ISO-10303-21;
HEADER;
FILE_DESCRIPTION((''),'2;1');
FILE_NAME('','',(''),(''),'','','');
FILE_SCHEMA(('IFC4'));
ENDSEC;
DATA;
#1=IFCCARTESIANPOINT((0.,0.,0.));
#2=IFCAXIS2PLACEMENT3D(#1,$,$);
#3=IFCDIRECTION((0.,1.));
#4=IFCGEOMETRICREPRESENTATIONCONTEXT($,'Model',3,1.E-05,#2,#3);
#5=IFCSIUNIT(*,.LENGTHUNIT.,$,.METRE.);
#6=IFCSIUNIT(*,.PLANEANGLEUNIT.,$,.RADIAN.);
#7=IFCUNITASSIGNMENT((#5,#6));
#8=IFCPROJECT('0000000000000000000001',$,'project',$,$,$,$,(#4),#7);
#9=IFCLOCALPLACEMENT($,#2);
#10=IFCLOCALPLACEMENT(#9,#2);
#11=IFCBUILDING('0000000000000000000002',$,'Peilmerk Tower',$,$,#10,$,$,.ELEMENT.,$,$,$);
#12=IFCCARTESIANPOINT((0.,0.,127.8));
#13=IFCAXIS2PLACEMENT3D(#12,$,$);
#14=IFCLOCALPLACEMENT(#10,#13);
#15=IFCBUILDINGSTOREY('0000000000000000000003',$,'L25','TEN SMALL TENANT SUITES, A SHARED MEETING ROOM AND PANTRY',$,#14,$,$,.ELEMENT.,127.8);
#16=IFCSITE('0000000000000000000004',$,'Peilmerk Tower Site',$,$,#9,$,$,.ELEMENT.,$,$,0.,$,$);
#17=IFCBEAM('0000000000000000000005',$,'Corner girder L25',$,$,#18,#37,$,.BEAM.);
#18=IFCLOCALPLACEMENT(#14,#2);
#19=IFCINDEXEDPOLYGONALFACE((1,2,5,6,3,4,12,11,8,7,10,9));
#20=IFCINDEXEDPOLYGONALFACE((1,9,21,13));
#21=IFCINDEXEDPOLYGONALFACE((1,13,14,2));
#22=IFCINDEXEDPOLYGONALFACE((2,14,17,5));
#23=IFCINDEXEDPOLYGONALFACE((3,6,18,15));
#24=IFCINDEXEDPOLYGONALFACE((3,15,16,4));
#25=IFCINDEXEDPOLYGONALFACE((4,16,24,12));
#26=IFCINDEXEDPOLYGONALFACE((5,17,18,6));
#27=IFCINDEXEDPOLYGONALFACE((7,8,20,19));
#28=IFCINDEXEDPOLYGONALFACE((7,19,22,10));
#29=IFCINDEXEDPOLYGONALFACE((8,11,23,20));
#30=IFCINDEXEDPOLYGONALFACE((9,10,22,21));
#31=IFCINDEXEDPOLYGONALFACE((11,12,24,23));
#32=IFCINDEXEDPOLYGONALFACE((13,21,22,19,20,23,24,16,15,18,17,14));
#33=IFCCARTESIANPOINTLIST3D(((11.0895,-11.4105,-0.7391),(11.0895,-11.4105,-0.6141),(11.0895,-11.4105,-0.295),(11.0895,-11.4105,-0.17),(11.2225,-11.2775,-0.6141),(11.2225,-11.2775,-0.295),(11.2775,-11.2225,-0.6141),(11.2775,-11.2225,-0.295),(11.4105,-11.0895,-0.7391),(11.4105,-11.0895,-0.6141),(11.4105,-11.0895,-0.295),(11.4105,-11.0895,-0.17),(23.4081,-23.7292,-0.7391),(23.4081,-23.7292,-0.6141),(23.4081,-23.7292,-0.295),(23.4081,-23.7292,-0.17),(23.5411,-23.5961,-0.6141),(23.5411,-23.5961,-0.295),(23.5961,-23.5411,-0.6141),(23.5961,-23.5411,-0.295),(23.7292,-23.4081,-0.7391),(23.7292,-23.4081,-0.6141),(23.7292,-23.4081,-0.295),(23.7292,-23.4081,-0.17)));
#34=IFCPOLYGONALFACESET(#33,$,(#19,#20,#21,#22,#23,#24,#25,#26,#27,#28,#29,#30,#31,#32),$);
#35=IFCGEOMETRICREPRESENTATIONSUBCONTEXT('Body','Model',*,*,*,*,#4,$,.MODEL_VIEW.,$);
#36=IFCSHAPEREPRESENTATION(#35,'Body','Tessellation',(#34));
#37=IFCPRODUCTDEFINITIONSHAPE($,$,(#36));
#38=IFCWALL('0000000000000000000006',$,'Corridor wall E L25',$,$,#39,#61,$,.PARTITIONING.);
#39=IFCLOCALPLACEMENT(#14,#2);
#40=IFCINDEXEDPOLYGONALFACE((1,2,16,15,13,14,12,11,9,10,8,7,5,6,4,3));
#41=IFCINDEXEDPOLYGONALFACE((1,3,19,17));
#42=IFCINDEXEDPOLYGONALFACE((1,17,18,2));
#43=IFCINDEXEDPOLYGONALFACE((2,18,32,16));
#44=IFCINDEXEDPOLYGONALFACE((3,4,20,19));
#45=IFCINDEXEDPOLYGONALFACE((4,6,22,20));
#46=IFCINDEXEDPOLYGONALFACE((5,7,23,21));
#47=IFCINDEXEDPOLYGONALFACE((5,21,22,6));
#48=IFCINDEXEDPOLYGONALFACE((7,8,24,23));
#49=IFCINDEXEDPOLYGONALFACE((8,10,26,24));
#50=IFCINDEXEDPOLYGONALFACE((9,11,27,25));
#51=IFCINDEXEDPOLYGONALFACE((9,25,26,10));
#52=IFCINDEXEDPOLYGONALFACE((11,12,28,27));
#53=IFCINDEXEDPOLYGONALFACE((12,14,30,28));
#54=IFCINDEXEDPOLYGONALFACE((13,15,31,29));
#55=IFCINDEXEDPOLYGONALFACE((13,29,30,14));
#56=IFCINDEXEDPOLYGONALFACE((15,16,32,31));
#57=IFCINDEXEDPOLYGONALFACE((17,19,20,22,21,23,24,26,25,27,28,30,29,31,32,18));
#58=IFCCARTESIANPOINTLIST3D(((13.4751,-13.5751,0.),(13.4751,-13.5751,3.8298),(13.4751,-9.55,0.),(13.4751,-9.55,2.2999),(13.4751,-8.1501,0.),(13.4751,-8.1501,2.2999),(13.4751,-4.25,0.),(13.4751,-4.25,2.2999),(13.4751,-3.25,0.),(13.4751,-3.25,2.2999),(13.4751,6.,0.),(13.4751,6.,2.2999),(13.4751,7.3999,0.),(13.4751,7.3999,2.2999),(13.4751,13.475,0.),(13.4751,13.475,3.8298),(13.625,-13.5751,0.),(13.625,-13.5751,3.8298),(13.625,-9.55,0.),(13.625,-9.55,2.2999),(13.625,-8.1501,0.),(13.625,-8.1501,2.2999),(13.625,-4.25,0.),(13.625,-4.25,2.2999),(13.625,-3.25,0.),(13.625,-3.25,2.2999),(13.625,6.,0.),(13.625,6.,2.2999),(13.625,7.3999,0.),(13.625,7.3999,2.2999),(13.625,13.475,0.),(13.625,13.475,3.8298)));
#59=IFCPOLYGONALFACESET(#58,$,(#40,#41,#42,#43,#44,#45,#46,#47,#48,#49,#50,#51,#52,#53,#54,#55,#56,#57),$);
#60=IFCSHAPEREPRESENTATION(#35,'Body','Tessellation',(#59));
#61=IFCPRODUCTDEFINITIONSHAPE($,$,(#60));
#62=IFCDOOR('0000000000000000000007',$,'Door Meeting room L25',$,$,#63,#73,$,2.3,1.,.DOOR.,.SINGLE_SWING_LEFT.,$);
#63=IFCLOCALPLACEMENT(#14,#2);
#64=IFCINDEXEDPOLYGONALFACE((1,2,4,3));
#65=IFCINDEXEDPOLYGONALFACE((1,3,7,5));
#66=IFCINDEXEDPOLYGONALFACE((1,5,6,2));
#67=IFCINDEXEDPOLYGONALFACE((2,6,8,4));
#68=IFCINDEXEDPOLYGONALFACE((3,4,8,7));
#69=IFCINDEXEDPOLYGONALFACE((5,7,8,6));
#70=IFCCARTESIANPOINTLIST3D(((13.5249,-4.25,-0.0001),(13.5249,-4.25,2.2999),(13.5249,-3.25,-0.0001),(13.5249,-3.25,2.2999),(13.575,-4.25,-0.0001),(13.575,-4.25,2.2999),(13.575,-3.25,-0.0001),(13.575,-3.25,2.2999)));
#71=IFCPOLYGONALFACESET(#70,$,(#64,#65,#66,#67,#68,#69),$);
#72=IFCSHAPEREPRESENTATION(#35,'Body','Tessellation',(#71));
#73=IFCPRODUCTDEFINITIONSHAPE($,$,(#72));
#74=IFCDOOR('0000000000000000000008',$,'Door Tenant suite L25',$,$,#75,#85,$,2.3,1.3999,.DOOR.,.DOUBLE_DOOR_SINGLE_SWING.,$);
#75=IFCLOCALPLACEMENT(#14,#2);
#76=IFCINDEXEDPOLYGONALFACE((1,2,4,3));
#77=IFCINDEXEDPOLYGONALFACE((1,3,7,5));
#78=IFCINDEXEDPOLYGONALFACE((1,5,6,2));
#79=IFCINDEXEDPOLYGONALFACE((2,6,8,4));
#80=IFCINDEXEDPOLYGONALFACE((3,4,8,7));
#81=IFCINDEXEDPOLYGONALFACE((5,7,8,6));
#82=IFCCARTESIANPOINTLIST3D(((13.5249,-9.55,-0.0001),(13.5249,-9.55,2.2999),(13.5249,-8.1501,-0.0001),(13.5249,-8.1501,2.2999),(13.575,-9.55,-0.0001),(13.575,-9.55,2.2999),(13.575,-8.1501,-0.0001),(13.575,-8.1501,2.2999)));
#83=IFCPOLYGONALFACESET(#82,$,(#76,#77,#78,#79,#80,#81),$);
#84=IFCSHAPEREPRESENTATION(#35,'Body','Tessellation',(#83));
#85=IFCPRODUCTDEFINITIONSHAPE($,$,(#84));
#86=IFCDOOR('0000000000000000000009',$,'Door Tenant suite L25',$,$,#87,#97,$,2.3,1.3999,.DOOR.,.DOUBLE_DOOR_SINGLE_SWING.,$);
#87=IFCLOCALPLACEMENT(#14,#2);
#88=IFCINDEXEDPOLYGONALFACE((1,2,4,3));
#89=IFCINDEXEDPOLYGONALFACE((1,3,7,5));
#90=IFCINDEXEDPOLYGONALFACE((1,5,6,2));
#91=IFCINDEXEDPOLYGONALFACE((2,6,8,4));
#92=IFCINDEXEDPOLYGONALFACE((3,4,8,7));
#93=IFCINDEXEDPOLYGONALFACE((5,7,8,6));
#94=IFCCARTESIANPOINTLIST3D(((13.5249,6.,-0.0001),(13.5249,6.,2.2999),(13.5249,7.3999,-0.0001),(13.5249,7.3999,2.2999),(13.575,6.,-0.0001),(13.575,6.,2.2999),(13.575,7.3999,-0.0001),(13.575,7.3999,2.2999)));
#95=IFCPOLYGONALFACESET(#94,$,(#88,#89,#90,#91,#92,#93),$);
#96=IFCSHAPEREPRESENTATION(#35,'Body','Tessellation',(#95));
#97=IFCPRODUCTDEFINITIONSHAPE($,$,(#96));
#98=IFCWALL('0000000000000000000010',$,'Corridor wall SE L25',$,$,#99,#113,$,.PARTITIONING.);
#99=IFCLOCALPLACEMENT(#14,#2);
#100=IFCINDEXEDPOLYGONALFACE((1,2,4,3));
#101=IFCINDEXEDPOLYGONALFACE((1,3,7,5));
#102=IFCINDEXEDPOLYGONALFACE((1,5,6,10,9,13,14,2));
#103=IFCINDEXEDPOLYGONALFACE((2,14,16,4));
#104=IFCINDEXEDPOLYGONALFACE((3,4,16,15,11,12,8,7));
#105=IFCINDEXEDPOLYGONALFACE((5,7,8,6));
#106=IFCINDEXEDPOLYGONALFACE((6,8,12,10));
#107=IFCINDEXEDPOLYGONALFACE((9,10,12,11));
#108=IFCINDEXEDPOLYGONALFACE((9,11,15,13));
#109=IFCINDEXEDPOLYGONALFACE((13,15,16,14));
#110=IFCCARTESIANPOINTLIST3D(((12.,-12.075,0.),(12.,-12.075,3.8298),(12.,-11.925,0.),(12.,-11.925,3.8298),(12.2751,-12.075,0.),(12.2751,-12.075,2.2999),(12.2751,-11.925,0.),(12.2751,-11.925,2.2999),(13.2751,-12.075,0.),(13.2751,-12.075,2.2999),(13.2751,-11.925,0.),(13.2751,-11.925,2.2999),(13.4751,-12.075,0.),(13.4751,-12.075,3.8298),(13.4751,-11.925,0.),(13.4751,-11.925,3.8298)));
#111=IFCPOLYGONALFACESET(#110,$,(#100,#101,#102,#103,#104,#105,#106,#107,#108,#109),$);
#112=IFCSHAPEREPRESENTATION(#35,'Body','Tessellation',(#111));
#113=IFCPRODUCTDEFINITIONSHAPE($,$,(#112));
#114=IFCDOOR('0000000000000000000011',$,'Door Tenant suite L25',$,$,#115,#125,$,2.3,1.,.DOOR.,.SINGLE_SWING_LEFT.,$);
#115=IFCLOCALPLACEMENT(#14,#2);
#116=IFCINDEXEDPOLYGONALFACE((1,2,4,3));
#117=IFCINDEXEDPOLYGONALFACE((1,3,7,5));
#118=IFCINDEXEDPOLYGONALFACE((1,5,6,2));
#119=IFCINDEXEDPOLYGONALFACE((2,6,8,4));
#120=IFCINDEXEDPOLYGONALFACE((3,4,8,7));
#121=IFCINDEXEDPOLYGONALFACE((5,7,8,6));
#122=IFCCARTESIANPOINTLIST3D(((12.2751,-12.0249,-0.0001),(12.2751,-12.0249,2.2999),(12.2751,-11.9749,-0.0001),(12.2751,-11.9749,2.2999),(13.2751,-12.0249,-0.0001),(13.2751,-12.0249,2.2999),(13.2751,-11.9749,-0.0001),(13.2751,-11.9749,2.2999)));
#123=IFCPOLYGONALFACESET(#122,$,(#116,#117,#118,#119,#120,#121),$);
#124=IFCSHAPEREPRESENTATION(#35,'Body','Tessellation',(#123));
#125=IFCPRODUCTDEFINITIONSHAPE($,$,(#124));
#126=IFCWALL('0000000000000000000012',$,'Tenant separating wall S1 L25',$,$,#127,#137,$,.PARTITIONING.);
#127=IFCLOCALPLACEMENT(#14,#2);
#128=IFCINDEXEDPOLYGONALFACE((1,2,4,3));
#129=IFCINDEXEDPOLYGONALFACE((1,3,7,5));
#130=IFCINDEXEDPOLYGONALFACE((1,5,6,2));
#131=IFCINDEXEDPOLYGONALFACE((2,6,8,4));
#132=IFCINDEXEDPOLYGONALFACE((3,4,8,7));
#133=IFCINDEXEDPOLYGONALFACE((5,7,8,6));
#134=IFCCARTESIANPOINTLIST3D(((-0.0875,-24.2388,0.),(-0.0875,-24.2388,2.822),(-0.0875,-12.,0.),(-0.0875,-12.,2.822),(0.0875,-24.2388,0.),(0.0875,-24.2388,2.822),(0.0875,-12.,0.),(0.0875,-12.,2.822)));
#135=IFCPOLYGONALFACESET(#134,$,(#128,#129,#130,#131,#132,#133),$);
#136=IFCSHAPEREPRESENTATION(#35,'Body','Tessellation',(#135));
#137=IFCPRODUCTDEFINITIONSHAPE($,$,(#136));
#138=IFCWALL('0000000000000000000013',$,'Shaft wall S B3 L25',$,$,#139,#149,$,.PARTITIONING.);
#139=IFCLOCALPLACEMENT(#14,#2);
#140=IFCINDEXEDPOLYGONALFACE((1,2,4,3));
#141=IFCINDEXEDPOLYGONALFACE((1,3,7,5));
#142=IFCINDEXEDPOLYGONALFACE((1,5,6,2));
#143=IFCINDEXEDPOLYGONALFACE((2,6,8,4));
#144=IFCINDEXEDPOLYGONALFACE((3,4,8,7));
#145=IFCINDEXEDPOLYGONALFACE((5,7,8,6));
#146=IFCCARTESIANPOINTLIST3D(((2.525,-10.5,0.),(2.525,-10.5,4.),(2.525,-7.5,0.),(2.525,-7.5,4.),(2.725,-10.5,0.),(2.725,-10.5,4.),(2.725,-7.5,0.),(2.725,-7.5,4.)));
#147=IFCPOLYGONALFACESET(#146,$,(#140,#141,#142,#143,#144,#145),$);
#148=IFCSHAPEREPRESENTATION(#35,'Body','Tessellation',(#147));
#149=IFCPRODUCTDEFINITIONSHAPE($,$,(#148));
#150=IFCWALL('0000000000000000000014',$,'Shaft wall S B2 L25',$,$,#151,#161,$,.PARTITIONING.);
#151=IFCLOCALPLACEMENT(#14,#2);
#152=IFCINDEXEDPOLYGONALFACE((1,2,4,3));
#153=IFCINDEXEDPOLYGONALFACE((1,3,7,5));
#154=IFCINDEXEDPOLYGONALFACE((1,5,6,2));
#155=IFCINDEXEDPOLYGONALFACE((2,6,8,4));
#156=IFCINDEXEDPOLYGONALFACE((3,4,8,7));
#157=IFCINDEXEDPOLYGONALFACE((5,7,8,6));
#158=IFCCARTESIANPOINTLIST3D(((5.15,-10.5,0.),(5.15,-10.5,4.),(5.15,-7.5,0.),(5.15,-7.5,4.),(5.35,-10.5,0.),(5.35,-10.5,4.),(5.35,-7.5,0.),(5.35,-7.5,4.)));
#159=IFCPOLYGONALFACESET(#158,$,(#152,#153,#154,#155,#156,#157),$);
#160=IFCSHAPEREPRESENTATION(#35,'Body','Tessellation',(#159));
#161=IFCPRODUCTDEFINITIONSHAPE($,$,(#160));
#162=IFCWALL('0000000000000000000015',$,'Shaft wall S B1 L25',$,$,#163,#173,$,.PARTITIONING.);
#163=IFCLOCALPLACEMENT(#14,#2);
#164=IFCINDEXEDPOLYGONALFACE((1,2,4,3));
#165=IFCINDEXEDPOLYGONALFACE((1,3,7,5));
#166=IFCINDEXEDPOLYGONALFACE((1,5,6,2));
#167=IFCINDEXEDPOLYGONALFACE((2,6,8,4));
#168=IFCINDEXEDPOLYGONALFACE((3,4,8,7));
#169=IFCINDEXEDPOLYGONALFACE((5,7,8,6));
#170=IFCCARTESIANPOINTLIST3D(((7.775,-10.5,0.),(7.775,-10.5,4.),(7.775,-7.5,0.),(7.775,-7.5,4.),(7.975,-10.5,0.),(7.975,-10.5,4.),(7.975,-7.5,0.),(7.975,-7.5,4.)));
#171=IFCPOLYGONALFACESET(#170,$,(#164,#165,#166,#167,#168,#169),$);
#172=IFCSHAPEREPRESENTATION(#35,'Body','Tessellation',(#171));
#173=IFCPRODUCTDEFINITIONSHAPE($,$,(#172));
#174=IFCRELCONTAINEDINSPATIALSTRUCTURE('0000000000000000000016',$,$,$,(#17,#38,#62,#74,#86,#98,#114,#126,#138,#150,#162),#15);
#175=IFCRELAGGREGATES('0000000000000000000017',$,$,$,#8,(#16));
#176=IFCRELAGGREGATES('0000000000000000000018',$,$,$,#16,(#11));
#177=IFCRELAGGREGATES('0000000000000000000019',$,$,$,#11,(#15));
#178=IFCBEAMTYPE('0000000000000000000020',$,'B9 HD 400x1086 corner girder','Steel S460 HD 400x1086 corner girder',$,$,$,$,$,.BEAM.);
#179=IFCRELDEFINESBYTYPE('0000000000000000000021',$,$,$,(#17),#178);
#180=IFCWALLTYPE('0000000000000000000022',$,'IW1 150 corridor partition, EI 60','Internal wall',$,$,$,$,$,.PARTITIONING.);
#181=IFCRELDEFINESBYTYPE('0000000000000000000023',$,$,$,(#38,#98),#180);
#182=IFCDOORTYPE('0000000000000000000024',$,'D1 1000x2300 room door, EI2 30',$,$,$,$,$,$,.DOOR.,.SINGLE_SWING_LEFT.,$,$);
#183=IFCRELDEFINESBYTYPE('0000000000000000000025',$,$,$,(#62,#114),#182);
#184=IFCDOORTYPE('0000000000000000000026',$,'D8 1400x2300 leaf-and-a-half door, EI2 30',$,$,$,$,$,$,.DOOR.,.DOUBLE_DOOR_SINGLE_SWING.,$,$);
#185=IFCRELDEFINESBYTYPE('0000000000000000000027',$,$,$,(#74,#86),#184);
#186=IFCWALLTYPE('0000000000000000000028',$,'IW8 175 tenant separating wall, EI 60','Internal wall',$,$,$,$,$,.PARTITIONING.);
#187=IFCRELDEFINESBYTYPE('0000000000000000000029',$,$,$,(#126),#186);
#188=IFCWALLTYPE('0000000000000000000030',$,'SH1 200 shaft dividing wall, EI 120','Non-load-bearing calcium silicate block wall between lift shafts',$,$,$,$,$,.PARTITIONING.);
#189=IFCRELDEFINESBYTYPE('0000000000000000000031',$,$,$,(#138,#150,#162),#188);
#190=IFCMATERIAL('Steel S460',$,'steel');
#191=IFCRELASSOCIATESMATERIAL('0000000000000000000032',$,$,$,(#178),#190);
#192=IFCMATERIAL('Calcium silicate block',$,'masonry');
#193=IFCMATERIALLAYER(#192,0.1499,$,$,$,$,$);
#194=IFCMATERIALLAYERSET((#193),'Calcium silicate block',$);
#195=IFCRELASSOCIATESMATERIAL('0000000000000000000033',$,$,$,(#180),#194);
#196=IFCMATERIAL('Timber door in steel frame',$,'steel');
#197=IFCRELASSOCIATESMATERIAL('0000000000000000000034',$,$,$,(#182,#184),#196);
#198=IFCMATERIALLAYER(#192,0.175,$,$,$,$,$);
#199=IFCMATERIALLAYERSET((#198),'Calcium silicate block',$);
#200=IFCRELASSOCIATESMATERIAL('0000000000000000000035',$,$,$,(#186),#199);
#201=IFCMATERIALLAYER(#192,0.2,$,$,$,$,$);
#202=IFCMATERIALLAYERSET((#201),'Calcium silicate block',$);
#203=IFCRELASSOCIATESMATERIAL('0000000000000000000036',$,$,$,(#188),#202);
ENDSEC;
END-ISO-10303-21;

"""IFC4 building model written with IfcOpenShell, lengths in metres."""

from ifc_helpers import new_model, si_unit, direction, frame, frame_2d, origin, origin_2d, place, context, subcontext, project, spatial, rectangle, i_section, extrude, material, layer, layer_set, material_profile, profile_set, type_object, element, fill, save


model = new_model("IFC4")

# Units and contexts
model_context = context("Model", 3, precision=1e-05, world=origin(), true_north=direction((0.0, 1.0)))
body_context = subcontext(model_context, "Body", "Model", "MODEL_VIEW")
ifc_project = project(units=[si_unit("LENGTHUNIT", "METRE"), si_unit("PLANEANGLEUNIT", "RADIAN")], contexts=[model_context])

# Site, building, storey
site_placement = place(None, origin())
site = spatial("IfcSite", under=ifc_project, at=site_placement, Name="Peilmerk Tower Site", CompositionType="ELEMENT", RefElevation=0.0)
building_placement = place(site_placement, origin())
building = spatial("IfcBuilding", under=site, at=building_placement, Name="Peilmerk Tower", CompositionType="ELEMENT")
storey_placement = place(building_placement, frame((0.0, 0.0, 127.8)))
storey = spatial("IfcBuildingStorey", under=building, at=storey_placement, Name="L25", Description="TEN SMALL TENANT SUITES, A SHARED MEETING ROOM AND PANTRY", CompositionType="ELEMENT", Elevation=127.8)

# Beam
ifc_material_1 = material(Name="Steel S460", Category="steel")
ifc_material_profile_1 = material_profile(ifc_material_1, i_section(OverallWidth=0.4541, OverallDepth=0.5691, WebThickness=0.0779, FlangeThickness=0.125, at=origin_2d()), Name="HD 400x1086")
ifc_profile_set_1 = profile_set([ifc_material_profile_1], Name="Steel S460")
beam_type_1 = type_object("IfcBeamType", Name="B9 HD 400x1086 corner girder", Description="Steel S460 HD 400x1086 corner girder", PredefinedType="BEAM", material=ifc_profile_set_1)
beam_1_placement = place(storey_placement, frame((11.25, -11.25, -0.4546), z_axis=(0.707107, -0.707107, 0.0), x_axis=(0.707107, 0.707107, 0.0)))
element("IfcBeam", 1, at=beam_1_placement, inside=storey, type_object=beam_type_1, Name="Corner girder L25", PredefinedType="BEAM", context=body_context, shape_type="SweptSolid", body=[
    extrude(i_section(OverallWidth=0.4541, OverallDepth=0.5691, WebThickness=0.0779, FlangeThickness=0.125, at=origin_2d()), origin(), (0.0, 0.0, 1.0), 17.4211),
])

# Wall, openings, doors
ifc_material_2 = material(Name="Calcium silicate block", Category="masonry")
ifc_layer_1 = layer(ifc_material_2, 0.1499)
ifc_layer_set_1 = layer_set([ifc_layer_1], Name="Calcium silicate block")
wall_type_1 = type_object("IfcWallType", Name="IW1 150 corridor partition, EI 60", Description="Internal wall", PredefinedType="PARTITIONING", material=ifc_layer_set_1)
wall_1_placement = place(storey_placement, frame((13.55, -13.575, 0.0), z_axis=(0.0, 0.0, 1.0), x_axis=(0.0, 1.0, 0.0)))
wall_1 = element("IfcWall", 2, at=wall_1_placement, inside=storey, type_object=wall_type_1, Name="Corridor wall E L25", PredefinedType="PARTITIONING", context=body_context, shape_type="SweptSolid", body=[
    extrude(rectangle(XDim=27.05, YDim=0.1499, at=frame_2d((13.5249, 0.0))), origin(), (0.0, 0.0, 1.0), 3.8298),
])
opening_1_placement = place(wall_1_placement, frame((4.0249, 0.0, 0.0)))
opening_1 = element("IfcOpeningElement", 3, at=opening_1_placement, cuts=wall_1, PredefinedType="OPENING", context=body_context, shape_type="SweptSolid", body=[
    extrude(rectangle(XDim=1.3999, YDim=2.3, at=frame_2d((0.7, 1.1499))), frame((0.0, 0.085, 0.0), z_axis=(0.0, -1.0, 0.0), x_axis=(1.0, 0.0, 0.0)), (0.0, 0.0, 1.0), 0.1699),
])
opening_2_placement = place(wall_1_placement, frame((19.575, 0.0, 0.0)))
opening_2 = element("IfcOpeningElement", 4, at=opening_2_placement, cuts=wall_1, PredefinedType="OPENING", context=body_context, shape_type="SweptSolid", body=[
    extrude(rectangle(XDim=1.3999, YDim=2.3, at=frame_2d((0.7, 1.1499))), frame((0.0, 0.085, 0.0), z_axis=(0.0, -1.0, 0.0), x_axis=(1.0, 0.0, 0.0)), (0.0, 0.0, 1.0), 0.1699),
])
opening_3_placement = place(wall_1_placement, frame((9.325, 0.0, 0.0)))
opening_3 = element("IfcOpeningElement", 5, at=opening_3_placement, cuts=wall_1, PredefinedType="OPENING", context=body_context, shape_type="SweptSolid", body=[
    extrude(rectangle(XDim=1.0, YDim=2.3, at=frame_2d((0.5, 1.1499))), frame((0.0, 0.085, 0.0), z_axis=(0.0, -1.0, 0.0), x_axis=(1.0, 0.0, 0.0)), (0.0, 0.0, 1.0), 0.1699),
])
ifc_material_3 = material(Name="Timber door in steel frame", Category="steel")
door_type_1 = type_object("IfcDoorType", Name="D1 1000x2300 room door, EI2 30", OperationType="SINGLE_SWING_LEFT", PredefinedType="DOOR", material=ifc_material_3)
door_1_placement = place(opening_3_placement, frame((1.0, 0.0, 0.0), z_axis=(0.0, 0.0, 1.0), x_axis=(-1.0, 0.0, 0.0)))
door_1 = element("IfcDoor", 6, at=door_1_placement, inside=storey, type_object=door_type_1, Name="Door Meeting room L25", OperationType="SINGLE_SWING_LEFT", OverallHeight=2.3, OverallWidth=1.0, PredefinedType="DOOR", context=body_context, shape_type="SweptSolid", body=[
    extrude(rectangle(XDim=1.0, YDim=2.3, at=frame_2d((0.5, 1.1499))), frame((0.0, 0.0249, 0.0), z_axis=(0.0, -1.0, 0.0), x_axis=(1.0, 0.0, 0.0)), (0.0, 0.0, 1.0), 0.05),
])
fill(opening_3, door_1)
door_type_2 = type_object("IfcDoorType", Name="D8 1400x2300 leaf-and-a-half door, EI2 30", OperationType="DOUBLE_DOOR_SINGLE_SWING", PredefinedType="DOOR", material=ifc_material_3)
door_2_placement = place(opening_1_placement, frame((1.3999, 0.0, 0.0), z_axis=(0.0, 0.0, 1.0), x_axis=(-1.0, 0.0, 0.0)))
door_2 = element("IfcDoor", 7, at=door_2_placement, inside=storey, type_object=door_type_2, Name="Door Tenant suite L25", OperationType="DOUBLE_DOOR_SINGLE_SWING", OverallHeight=2.3, OverallWidth=1.3999, PredefinedType="DOOR", context=body_context, shape_type="SweptSolid", body=[
    extrude(rectangle(XDim=1.3999, YDim=2.3, at=frame_2d((0.7, 1.1499))), frame((0.0, 0.0249, 0.0), z_axis=(0.0, -1.0, 0.0), x_axis=(1.0, 0.0, 0.0)), (0.0, 0.0, 1.0), 0.05),
])
fill(opening_1, door_2)
door_3_placement = place(opening_2_placement, frame((1.3999, 0.0, 0.0), z_axis=(0.0, 0.0, 1.0), x_axis=(-1.0, 0.0, 0.0)))
door_3 = element("IfcDoor", 8, at=door_3_placement, inside=storey, type_object=door_type_2, Name="Door Tenant suite L25", OperationType="DOUBLE_DOOR_SINGLE_SWING", OverallHeight=2.3, OverallWidth=1.3999, PredefinedType="DOOR", context=body_context, shape_type="SweptSolid", body=[
    extrude(rectangle(XDim=1.3999, YDim=2.3, at=frame_2d((0.7, 1.1499))), frame((0.0, 0.0249, 0.0), z_axis=(0.0, -1.0, 0.0), x_axis=(1.0, 0.0, 0.0)), (0.0, 0.0, 1.0), 0.05),
])
fill(opening_2, door_3)

# Wall, opening, door
wall_2_placement = place(storey_placement, frame((13.4751, -12.0, 0.0), z_axis=(0.0, 0.0, 1.0), x_axis=(-1.0, 0.0, 0.0)))
wall_2 = element("IfcWall", 9, at=wall_2_placement, inside=storey, type_object=wall_type_1, Name="Corridor wall SE L25", PredefinedType="PARTITIONING", context=body_context, shape_type="SweptSolid", body=[
    extrude(rectangle(XDim=1.4751, YDim=0.1499, at=frame_2d((0.7375, 0.0))), origin(), (0.0, 0.0, 1.0), 3.8298),
])
opening_4_placement = place(wall_2_placement, frame((0.2, 0.0, 0.0)))
opening_4 = element("IfcOpeningElement", 10, at=opening_4_placement, cuts=wall_2, PredefinedType="OPENING", context=body_context, shape_type="SweptSolid", body=[
    extrude(rectangle(XDim=1.0, YDim=2.3, at=frame_2d((0.5, 1.1499))), frame((0.0, 0.085, 0.0), z_axis=(0.0, -1.0, 0.0), x_axis=(1.0, 0.0, 0.0)), (0.0, 0.0, 1.0), 0.1699),
])
door_4_placement = place(opening_4_placement, origin())
door_4 = element("IfcDoor", 11, at=door_4_placement, inside=storey, type_object=door_type_1, Name="Door Tenant suite L25", OperationType="SINGLE_SWING_LEFT", OverallHeight=2.3, OverallWidth=1.0, PredefinedType="DOOR", context=body_context, shape_type="SweptSolid", body=[
    extrude(rectangle(XDim=1.0, YDim=2.3, at=frame_2d((0.5, 1.1499))), frame((0.0, 0.0249, 0.0), z_axis=(0.0, -1.0, 0.0), x_axis=(1.0, 0.0, 0.0)), (0.0, 0.0, 1.0), 0.05),
])
fill(opening_4, door_4)

# Walls
ifc_layer_2 = layer(ifc_material_2, 0.175)
ifc_layer_set_2 = layer_set([ifc_layer_2], Name="Calcium silicate block")
wall_type_2 = type_object("IfcWallType", Name="IW8 175 tenant separating wall, EI 60", Description="Internal wall", PredefinedType="PARTITIONING", material=ifc_layer_set_2)
wall_3_placement = place(storey_placement, frame((0.0, -12.0, 0.0), z_axis=(0.0, 0.0, 1.0), x_axis=(0.0, -1.0, 0.0)))
element("IfcWall", 12, at=wall_3_placement, inside=storey, type_object=wall_type_2, Name="Tenant separating wall S1 L25", PredefinedType="PARTITIONING", context=body_context, shape_type="SweptSolid", body=[
    extrude(rectangle(XDim=12.2388, YDim=0.175, at=frame_2d((6.1194, 0.0))), origin(), (0.0, 0.0, 1.0), 2.822),
])
ifc_layer_3 = layer(ifc_material_2, 0.2)
ifc_layer_set_3 = layer_set([ifc_layer_3], Name="Calcium silicate block")
wall_type_3 = type_object("IfcWallType", Name="SH1 200 shaft dividing wall, EI 120", Description="Non-load-bearing calcium silicate block wall between lift shafts", PredefinedType="PARTITIONING", material=ifc_layer_set_3)
for number, where, z_axis, x_axis, name in (
    (13, (2.625, -10.5, 0.0), (0.0, 0.0, 1.0), (0.0, 1.0, 0.0), "Shaft wall S B3 L25"),
    (14, (5.25, -10.5, 0.0), (0.0, 0.0, 1.0), (0.0, 1.0, 0.0), "Shaft wall S B2 L25"),
    (15, (7.875, -10.5, 0.0), (0.0, 0.0, 1.0), (0.0, 1.0, 0.0), "Shaft wall S B1 L25"),
):
    element("IfcWall", number, at=place(storey_placement, frame(where, z_axis=z_axis, x_axis=x_axis)), inside=storey, type_object=wall_type_3, Name=name, PredefinedType="PARTITIONING", context=body_context, shape_type="SweptSolid", body=[
        extrude(rectangle(XDim=3.0, YDim=0.2, at=frame_2d((1.5, 0.0))), origin(), (0.0, 0.0, 1.0), 4.0),
    ])

save(model, "model.ifc")
